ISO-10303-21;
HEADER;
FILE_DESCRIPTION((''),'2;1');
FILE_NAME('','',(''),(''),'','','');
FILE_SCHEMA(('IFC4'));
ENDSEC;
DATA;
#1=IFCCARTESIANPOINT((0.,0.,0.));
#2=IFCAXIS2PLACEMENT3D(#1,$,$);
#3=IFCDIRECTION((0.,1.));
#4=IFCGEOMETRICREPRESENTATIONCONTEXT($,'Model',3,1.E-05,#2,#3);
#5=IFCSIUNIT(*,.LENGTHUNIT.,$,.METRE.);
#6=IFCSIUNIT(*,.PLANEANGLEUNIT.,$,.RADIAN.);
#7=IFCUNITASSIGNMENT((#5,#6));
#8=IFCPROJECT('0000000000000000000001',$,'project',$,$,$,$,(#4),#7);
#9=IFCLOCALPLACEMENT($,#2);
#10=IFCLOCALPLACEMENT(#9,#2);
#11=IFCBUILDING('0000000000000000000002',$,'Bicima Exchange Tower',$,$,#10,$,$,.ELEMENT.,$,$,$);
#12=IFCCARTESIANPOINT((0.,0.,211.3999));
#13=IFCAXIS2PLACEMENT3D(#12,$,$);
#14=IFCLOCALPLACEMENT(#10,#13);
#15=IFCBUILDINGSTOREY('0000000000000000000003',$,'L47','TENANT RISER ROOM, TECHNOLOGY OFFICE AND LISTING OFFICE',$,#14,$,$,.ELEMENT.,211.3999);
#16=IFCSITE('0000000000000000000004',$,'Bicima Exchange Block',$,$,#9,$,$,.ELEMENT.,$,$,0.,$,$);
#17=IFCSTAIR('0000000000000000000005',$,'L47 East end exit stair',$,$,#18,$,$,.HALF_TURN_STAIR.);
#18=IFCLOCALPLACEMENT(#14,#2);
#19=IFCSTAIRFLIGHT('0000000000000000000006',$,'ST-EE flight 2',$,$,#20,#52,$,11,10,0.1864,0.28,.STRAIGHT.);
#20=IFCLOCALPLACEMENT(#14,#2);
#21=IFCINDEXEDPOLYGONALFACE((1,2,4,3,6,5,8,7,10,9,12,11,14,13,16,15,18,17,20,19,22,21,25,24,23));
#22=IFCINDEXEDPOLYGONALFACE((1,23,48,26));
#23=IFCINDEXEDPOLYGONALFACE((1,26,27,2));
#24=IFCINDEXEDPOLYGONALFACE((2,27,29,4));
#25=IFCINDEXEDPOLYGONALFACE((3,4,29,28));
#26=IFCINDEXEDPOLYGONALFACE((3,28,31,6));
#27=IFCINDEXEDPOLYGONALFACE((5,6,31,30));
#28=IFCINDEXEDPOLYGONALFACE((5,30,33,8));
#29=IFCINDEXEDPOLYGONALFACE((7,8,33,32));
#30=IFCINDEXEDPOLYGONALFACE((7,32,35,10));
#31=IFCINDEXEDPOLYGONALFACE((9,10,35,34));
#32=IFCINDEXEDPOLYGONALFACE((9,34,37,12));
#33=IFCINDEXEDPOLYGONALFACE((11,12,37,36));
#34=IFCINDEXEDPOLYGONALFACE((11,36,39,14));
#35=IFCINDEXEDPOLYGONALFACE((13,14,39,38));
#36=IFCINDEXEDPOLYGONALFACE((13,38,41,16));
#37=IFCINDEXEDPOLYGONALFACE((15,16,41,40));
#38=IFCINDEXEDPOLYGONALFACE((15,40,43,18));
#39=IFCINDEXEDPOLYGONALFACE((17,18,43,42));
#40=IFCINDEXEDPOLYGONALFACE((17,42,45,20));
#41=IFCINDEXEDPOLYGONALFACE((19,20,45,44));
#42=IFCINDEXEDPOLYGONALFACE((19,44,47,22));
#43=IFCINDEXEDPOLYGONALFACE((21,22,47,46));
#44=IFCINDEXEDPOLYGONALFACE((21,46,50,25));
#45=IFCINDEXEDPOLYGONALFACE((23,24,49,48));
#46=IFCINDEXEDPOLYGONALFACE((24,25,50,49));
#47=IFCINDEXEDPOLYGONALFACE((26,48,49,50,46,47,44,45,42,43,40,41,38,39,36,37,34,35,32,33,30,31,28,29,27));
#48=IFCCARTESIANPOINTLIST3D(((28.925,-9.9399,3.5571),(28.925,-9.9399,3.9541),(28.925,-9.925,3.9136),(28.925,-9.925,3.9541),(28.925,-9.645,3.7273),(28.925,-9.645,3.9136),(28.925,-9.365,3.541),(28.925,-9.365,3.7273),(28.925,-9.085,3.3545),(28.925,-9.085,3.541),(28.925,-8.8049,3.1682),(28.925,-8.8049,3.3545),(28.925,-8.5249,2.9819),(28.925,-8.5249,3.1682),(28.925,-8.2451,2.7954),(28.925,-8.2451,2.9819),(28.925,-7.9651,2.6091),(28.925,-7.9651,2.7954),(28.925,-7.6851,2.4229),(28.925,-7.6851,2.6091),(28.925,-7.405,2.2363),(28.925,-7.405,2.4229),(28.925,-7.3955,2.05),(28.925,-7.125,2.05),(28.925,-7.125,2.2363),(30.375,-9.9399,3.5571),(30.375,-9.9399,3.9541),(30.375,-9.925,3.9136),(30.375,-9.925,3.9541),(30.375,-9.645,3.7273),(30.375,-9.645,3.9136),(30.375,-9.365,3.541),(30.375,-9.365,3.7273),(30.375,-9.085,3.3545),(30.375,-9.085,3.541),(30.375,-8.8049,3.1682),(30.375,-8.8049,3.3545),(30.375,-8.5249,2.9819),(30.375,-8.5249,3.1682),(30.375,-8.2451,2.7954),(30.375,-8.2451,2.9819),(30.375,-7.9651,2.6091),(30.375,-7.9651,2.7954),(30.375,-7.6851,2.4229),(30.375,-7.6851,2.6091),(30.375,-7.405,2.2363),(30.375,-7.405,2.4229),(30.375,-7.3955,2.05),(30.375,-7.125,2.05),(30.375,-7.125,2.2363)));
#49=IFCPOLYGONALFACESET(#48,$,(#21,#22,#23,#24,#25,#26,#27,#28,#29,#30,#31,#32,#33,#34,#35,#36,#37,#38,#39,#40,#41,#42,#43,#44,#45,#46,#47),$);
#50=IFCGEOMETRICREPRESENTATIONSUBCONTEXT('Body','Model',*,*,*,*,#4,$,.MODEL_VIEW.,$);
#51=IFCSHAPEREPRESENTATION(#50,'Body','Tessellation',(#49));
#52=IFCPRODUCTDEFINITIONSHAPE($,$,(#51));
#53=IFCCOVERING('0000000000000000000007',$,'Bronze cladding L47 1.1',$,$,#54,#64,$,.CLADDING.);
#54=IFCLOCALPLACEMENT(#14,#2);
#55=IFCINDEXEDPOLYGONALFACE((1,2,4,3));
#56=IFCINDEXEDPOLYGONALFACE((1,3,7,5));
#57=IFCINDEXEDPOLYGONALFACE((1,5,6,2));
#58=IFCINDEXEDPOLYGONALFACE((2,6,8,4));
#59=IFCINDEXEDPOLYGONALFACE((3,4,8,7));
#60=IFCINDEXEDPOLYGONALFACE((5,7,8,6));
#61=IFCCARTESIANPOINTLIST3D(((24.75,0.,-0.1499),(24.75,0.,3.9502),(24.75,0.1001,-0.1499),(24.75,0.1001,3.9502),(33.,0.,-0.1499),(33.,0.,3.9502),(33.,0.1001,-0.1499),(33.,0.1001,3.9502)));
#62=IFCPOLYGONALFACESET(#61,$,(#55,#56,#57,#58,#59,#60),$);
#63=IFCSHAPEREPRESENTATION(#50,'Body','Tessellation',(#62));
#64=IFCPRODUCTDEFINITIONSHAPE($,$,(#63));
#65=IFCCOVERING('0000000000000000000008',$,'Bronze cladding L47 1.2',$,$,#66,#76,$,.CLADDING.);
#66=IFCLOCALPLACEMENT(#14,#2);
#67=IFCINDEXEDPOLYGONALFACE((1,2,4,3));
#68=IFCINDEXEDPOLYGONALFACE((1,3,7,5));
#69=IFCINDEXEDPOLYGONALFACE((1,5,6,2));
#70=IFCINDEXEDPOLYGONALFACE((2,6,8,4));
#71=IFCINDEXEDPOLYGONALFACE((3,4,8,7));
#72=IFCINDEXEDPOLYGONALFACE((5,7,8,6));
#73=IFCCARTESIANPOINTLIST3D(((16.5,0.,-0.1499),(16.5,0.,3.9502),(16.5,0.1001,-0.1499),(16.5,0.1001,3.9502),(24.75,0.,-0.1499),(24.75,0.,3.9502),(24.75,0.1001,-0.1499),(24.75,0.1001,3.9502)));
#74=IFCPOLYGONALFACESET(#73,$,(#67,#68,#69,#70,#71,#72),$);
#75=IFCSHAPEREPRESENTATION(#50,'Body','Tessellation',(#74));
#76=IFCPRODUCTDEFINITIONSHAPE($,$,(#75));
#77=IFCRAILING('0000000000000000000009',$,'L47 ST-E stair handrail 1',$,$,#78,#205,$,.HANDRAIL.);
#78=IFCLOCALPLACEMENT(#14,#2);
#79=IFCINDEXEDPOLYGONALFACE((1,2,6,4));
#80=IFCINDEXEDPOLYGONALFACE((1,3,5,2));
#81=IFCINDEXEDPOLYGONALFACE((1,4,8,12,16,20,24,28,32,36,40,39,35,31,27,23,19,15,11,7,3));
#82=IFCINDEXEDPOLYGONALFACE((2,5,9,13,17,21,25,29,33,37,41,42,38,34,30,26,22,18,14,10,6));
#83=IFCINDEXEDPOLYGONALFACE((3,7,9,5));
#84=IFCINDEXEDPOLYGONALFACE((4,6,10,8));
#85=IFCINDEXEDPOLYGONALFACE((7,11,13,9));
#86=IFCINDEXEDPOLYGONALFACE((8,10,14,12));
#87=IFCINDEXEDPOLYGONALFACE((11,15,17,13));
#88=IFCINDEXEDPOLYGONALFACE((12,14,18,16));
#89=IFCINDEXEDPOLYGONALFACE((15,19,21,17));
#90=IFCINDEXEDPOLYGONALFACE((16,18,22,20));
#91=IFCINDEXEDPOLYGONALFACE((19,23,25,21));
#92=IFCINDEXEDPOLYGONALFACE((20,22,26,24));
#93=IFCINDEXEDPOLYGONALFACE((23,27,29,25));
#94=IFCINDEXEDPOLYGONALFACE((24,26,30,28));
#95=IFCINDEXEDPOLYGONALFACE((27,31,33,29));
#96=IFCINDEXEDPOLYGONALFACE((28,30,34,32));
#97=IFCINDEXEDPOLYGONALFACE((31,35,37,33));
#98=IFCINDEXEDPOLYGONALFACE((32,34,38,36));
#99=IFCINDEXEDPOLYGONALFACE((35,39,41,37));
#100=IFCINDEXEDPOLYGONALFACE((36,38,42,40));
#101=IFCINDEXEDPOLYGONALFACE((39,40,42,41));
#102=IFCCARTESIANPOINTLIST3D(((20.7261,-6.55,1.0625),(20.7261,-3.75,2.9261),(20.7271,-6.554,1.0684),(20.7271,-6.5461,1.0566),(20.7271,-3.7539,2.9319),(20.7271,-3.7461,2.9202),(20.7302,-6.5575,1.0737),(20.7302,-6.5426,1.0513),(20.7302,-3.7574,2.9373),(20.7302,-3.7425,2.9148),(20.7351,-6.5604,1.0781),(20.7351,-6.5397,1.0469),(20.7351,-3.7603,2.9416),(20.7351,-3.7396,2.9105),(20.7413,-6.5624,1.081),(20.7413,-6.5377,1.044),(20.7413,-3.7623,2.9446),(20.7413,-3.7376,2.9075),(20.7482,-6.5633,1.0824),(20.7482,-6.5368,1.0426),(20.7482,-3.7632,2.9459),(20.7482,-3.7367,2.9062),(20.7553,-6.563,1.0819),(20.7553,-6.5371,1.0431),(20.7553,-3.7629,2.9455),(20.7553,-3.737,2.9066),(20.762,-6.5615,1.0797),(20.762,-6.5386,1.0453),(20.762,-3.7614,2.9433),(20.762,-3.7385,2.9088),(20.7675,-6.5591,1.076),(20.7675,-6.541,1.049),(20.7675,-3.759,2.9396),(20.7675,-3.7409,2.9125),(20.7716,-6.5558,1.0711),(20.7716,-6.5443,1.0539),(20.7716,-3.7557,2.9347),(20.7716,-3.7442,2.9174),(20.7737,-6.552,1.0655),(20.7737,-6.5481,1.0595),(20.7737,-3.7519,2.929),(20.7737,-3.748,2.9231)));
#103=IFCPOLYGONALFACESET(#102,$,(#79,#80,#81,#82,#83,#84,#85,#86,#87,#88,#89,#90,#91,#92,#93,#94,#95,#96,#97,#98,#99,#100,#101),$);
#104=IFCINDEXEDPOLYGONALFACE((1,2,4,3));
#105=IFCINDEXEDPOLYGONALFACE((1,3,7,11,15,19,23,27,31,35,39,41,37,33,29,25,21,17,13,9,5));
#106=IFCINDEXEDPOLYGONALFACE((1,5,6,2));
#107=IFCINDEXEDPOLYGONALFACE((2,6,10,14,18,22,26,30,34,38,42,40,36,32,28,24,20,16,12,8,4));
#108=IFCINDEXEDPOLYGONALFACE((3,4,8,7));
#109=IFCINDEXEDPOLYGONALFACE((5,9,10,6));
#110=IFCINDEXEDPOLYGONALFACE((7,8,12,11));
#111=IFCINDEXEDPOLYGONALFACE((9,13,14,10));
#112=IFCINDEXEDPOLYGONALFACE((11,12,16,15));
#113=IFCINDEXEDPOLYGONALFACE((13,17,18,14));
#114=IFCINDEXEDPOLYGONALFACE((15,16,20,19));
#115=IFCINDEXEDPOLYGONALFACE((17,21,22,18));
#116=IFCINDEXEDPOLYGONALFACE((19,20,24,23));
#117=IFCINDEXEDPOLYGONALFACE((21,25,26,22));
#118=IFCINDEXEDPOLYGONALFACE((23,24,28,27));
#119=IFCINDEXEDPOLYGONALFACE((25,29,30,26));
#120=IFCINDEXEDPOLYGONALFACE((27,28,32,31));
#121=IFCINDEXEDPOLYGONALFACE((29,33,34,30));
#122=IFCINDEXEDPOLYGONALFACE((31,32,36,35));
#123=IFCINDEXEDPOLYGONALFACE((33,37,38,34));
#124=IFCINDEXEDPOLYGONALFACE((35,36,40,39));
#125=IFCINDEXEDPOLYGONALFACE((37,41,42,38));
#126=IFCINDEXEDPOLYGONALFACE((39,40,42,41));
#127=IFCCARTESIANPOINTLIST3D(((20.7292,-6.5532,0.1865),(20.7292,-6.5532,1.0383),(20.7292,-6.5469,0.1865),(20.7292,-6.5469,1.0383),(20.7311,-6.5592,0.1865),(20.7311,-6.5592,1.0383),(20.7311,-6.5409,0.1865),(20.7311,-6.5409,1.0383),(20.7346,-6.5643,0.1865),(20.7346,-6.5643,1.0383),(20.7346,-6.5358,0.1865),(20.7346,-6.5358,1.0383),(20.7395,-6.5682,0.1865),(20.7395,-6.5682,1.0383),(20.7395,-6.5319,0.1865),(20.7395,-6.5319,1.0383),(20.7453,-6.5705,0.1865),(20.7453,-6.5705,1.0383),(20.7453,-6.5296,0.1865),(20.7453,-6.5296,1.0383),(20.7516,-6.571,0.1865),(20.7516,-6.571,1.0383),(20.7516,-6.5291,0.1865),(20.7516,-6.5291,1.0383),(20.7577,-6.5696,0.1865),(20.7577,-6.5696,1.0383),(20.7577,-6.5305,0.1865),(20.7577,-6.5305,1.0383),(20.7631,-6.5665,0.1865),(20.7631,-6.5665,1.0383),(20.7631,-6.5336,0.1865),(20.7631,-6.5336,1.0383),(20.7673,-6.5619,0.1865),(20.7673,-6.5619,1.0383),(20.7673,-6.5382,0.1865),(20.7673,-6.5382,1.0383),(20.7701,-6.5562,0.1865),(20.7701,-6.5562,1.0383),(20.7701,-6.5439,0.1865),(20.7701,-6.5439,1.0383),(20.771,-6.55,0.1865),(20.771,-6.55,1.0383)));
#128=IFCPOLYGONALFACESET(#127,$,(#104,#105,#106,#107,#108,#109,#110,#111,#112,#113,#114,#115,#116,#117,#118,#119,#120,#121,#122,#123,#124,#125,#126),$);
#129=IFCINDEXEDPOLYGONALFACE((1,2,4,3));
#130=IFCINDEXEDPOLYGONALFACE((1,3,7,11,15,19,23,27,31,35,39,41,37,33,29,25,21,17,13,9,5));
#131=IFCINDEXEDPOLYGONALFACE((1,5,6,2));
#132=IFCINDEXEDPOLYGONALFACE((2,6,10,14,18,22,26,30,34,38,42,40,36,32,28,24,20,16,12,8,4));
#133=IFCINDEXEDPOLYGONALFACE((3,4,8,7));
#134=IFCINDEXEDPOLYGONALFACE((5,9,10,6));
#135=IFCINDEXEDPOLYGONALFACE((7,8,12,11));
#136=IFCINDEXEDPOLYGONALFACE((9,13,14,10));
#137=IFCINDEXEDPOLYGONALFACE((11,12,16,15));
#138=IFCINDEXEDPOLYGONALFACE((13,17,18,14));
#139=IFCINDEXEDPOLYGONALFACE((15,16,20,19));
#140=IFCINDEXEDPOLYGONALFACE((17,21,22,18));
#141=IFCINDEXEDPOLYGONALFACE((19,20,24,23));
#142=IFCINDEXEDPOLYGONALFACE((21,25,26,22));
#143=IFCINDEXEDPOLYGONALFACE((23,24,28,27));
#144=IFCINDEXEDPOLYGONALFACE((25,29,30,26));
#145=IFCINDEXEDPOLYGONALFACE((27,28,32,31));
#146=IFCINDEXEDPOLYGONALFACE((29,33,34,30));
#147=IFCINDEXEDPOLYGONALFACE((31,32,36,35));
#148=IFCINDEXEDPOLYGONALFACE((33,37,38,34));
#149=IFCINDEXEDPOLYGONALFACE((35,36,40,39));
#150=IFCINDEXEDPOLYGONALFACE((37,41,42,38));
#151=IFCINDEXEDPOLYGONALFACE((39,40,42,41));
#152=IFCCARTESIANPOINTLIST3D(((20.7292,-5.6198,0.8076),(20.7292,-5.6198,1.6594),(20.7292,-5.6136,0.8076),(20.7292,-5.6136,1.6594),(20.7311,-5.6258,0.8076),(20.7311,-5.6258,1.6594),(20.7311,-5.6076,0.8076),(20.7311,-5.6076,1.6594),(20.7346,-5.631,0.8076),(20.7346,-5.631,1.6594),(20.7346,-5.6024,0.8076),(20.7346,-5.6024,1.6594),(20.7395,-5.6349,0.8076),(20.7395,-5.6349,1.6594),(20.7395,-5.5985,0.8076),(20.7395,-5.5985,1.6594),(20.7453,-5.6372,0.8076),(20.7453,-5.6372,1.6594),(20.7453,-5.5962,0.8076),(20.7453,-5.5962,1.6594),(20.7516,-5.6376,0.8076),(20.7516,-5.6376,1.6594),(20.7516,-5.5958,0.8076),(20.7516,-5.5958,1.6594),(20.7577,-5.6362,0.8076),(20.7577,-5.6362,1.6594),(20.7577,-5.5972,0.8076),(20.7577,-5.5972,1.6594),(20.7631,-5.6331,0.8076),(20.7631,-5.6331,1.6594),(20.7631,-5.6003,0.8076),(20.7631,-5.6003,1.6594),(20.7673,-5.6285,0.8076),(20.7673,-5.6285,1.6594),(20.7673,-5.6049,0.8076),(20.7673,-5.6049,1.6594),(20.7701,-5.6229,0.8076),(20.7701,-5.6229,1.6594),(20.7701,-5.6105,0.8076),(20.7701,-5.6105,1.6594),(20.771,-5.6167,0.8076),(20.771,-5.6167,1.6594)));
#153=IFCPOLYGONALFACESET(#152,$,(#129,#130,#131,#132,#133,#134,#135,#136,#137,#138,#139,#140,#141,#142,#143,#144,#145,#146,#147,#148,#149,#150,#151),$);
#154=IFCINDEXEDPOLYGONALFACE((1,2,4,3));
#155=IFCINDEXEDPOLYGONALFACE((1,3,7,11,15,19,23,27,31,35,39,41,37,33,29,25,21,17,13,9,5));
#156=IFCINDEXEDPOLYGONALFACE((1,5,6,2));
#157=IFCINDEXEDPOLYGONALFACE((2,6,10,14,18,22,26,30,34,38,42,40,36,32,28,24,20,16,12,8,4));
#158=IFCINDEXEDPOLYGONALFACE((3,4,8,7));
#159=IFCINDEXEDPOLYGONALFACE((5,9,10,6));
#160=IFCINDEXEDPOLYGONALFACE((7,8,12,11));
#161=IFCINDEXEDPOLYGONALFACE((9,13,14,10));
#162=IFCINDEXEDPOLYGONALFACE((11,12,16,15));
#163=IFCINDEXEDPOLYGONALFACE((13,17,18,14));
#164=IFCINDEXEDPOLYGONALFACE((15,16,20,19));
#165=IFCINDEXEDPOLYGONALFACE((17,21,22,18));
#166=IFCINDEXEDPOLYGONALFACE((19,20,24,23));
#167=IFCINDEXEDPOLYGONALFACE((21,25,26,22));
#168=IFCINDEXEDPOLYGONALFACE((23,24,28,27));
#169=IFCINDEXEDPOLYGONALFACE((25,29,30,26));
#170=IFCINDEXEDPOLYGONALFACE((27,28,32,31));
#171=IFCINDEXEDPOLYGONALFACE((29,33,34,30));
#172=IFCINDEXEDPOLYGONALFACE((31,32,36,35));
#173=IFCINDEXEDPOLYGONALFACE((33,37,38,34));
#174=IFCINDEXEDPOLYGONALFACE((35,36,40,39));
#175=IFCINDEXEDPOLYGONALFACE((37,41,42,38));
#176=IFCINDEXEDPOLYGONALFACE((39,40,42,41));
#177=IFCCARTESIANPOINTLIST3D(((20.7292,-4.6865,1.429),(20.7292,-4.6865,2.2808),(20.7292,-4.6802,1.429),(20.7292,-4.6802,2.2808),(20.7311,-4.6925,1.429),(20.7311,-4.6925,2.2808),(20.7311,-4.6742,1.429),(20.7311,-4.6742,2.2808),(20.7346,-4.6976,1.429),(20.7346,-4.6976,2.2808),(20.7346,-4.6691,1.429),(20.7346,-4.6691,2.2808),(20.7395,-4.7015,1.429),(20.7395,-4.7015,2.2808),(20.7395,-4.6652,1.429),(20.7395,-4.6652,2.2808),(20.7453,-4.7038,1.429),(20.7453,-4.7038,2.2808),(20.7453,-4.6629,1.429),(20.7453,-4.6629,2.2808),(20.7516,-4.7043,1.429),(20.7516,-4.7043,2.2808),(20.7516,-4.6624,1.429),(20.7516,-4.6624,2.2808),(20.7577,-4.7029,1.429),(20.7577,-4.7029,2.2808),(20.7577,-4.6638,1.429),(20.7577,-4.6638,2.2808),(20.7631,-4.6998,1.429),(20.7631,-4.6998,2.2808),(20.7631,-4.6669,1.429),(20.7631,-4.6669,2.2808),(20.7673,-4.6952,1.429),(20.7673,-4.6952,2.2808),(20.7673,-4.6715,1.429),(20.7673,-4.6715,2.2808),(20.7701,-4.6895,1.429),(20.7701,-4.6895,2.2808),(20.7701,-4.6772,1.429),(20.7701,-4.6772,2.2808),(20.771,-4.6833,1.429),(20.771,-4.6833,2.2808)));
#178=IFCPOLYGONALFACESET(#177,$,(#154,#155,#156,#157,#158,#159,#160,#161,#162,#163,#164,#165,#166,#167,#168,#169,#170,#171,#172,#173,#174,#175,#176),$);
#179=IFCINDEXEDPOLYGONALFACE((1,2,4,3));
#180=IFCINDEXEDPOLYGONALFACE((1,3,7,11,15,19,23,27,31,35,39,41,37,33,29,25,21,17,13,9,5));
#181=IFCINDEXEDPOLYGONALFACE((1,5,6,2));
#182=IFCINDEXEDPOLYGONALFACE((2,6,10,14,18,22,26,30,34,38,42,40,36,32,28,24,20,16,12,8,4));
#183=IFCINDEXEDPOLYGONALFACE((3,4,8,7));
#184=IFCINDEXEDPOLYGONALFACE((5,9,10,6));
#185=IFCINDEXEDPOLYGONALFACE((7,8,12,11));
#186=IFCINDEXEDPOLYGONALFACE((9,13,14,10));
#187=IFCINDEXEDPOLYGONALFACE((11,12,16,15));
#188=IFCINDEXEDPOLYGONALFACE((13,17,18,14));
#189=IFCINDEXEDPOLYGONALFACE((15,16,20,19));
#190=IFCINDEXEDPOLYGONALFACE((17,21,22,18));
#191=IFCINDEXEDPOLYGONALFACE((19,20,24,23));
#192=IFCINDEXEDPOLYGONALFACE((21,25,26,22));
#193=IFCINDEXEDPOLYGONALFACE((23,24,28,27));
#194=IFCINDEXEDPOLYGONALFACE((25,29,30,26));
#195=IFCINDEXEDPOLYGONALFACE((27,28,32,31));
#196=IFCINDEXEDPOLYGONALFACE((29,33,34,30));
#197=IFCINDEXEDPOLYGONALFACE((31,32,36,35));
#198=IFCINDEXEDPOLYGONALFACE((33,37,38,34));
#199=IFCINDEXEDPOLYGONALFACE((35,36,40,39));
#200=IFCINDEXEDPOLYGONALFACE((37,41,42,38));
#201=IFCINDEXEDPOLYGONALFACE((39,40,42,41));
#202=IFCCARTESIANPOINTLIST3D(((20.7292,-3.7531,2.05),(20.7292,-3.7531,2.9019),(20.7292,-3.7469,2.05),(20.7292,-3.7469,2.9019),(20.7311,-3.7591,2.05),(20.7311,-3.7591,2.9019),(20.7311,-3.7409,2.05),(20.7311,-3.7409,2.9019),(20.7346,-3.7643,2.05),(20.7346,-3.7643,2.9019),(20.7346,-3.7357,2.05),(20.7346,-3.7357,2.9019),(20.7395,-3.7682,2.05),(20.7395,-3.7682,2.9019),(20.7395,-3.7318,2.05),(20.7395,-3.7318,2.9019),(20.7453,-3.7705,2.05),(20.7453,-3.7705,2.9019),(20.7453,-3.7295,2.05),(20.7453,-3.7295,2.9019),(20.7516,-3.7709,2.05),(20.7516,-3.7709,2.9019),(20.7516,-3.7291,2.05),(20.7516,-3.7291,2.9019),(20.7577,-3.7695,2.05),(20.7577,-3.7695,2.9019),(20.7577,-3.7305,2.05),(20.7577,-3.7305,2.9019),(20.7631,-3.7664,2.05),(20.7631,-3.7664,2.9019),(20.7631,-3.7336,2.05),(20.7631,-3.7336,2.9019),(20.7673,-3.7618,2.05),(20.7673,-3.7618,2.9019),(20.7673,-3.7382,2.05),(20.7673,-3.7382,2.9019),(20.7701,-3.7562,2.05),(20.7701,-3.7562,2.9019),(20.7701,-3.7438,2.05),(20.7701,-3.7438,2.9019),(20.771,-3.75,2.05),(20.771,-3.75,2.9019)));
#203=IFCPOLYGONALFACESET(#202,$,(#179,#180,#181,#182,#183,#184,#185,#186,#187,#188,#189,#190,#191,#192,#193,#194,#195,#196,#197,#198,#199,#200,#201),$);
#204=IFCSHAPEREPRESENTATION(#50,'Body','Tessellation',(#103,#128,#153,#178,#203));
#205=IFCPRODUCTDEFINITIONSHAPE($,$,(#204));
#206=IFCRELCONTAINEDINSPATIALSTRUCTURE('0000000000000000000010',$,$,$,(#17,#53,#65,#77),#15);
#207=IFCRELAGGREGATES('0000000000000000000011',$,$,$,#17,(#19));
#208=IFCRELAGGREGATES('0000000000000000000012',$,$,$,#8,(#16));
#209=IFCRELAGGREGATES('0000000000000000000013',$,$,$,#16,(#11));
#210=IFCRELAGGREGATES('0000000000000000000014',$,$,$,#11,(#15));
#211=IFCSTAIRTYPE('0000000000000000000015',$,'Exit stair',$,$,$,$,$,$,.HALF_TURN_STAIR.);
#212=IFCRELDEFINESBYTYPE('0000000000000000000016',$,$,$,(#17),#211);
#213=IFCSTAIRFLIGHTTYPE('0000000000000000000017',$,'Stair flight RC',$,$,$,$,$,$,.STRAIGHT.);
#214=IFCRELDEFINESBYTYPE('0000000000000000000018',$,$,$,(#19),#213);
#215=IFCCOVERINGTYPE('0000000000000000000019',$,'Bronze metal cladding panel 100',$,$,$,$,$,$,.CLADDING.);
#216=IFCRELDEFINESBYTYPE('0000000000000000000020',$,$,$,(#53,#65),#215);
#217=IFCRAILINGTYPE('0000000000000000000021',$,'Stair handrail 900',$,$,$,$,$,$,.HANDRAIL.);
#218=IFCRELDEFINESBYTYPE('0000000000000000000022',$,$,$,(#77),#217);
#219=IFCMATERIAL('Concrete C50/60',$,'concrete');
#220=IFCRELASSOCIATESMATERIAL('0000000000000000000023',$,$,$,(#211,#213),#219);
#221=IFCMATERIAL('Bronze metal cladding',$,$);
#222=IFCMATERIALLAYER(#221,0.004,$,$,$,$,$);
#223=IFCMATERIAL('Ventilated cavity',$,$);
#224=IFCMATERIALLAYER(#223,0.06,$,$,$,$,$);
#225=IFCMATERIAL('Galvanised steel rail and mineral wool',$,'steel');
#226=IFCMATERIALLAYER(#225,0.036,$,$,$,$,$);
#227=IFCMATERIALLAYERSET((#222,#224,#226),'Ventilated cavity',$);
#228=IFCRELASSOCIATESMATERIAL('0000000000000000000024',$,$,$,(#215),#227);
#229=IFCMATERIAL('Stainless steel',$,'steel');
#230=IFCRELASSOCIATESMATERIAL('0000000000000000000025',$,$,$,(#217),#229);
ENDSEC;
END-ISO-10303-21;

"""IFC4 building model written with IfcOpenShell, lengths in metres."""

from ifc_helpers import new_model, si_unit, direction, frame, origin, origin_2d, place, context, subcontext, project, spatial, polyline, rectangle, circle, outline, extrude, material, layer, layer_set, type_object, element, aggregate, save


model = new_model("IFC4")

# Units and contexts
model_context = context("Model", 3, precision=1e-05, world=origin(), true_north=direction((0.0, 1.0)))
body_context = subcontext(model_context, "Body", "Model", "MODEL_VIEW")
ifc_project = project(units=[si_unit("LENGTHUNIT", "METRE"), si_unit("PLANEANGLEUNIT", "RADIAN")], contexts=[model_context])

# Site, building, storey
site_placement = place(None, origin())
site = spatial("IfcSite", under=ifc_project, at=site_placement, Name="Bicima Exchange Block", CompositionType="ELEMENT", RefElevation=0.0)
building_placement = place(site_placement, origin())
building = spatial("IfcBuilding", under=site, at=building_placement, Name="Bicima Exchange Tower", CompositionType="ELEMENT")
storey_placement = place(building_placement, frame((0.0, 0.0, 211.3999)))
storey = spatial("IfcBuildingStorey", under=building, at=storey_placement, Name="L47", Description="TENANT RISER ROOM, TECHNOLOGY OFFICE AND LISTING OFFICE", CompositionType="ELEMENT", Elevation=211.3999)

# Shared definitions
ifc_material_1 = material(Name="Concrete C50/60", Category="concrete")

# Shared definitions
stair_type = type_object("IfcStairType", Name="Exit stair", PredefinedType="HALF_TURN_STAIR", material=ifc_material_1)
stair_flight_type = type_object("IfcStairFlightType", Name="Stair flight RC", PredefinedType="STRAIGHT", material=ifc_material_1)

# Stair, stair flight
stair_1_placement = place(storey_placement, origin())
stair_1 = element("IfcStair", 1, at=stair_1_placement, inside=storey, type_object=stair_type, Name="L47 East end exit stair", PredefinedType="HALF_TURN_STAIR")
stair_flight_1_placement = place(storey_placement, frame((29.6499, -7.125, 2.05), z_axis=(0.0, 0.0, 1.0), x_axis=(0.0, -1.0, 0.0)))
stair_flight_1 = element("IfcStairFlight", 2, at=stair_flight_1_placement, type_object=stair_flight_type, Name="ST-EE flight 2", NumberOfRisers=11, NumberOfTreads=10, PredefinedType="STRAIGHT", RiserHeight=0.1864, TreadLength=0.28, context=body_context, shape_type="SweptSolid", body=[
    extrude(outline(polyline([(0.0, 0.0), (0.0, 0.1863), (0.28, 0.1863), (0.28, 0.3728), (0.5601, 0.3728), (0.5601, 0.5591), (0.8401, 0.5591), (0.8401, 0.7454), (1.1201, 0.7454), (1.1201, 0.9319), (1.3999, 0.9319), (1.3999, 1.1182), (1.6799, 1.1182), (1.6799, 1.3044), (1.96, 1.3044), (1.96, 1.491), (2.24, 1.491), (2.24, 1.6772), (2.52, 1.6772), (2.52, 1.8635), (2.8, 1.8635), (2.8, 1.9041), (2.8149, 1.9041), (2.8149, 1.5071), (0.2705, 0.0), (0.0, 0.0)])), frame((0.0, 0.7251, 0.0), z_axis=(0.0, -1.0, 0.0), x_axis=(1.0, 0.0, 0.0)), (0.0, 0.0, 1.0), 1.45),
])
aggregate(stair_1, [stair_flight_1])

# Coverings
ifc_material_2 = material(Name="Bronze metal cladding")
ifc_layer_1 = layer(ifc_material_2, 0.004)
ifc_material_3 = material(Name="Ventilated cavity")
ifc_layer_2 = layer(ifc_material_3, 0.06)
ifc_material_4 = material(Name="Galvanised steel rail and mineral wool", Category="steel")
ifc_layer_3 = layer(ifc_material_4, 0.036)
ifc_layer_set_1 = layer_set([ifc_layer_1, ifc_layer_2, ifc_layer_3], Name="Ventilated cavity")
covering_type = type_object("IfcCoveringType", Name="Bronze metal cladding panel 100", PredefinedType="CLADDING", material=ifc_layer_set_1)
for number, where, z_axis, x_axis, name in (
    (3, (28.875, 0.05, -0.1499), (0.0, 0.0, 1.0), (-1.0, 0.0, 0.0), "Bronze cladding L47 1.1"),
    (4, (20.625, 0.05, -0.1499), (0.0, 0.0, 1.0), (-1.0, 0.0, 0.0), "Bronze cladding L47 1.2"),
):
    element("IfcCovering", number, at=place(storey_placement, frame(where, z_axis=z_axis, x_axis=x_axis)), inside=storey, type_object=covering_type, Name=name, PredefinedType="CLADDING", context=body_context, shape_type="SweptSolid", body=[
        extrude(rectangle(XDim=8.25, YDim=0.1001, at=origin_2d()), origin(), (0.0, 0.0, 1.0), 4.1001),
    ])

# Railing
ifc_material_5 = material(Name="Stainless steel", Category="steel")
railing_type_1 = type_object("IfcRailingType", Name="Stair handrail 900", PredefinedType="HANDRAIL", material=ifc_material_5)
railing_1_placement = place(storey_placement, frame((20.75, -6.55, 0.1865)))
element("IfcRailing", 5, at=railing_1_placement, inside=storey, type_object=railing_type_1, Name="L47 ST-E stair handrail 1", PredefinedType="HANDRAIL", context=body_context, shape_type="SweptSolid", body=[
    extrude(circle(Radius=0.0239, at=origin_2d()), frame((0.0, 0.0, 0.876), z_axis=(0.0, 0.832486, 0.554047), x_axis=(-1.0, 0.0, 0.0)), (0.0, 0.0, 1.0), 3.3635),
    extrude(circle(Radius=0.021, at=origin_2d()), origin(), (0.0, 0.0, 1.0), 0.8518),
    extrude(circle(Radius=0.021, at=origin_2d()), frame((0.0, 0.9333, 0.6211)), (0.0, 0.0, 1.0), 0.8518),
    extrude(circle(Radius=0.021, at=origin_2d()), frame((0.0, 1.8667, 1.2424)), (0.0, 0.0, 1.0), 0.8518),
    extrude(circle(Radius=0.021, at=origin_2d()), frame((0.0, 2.8, 1.8635)), (0.0, 0.0, 1.0), 0.8518),
])

save(model, "model.ifc")
